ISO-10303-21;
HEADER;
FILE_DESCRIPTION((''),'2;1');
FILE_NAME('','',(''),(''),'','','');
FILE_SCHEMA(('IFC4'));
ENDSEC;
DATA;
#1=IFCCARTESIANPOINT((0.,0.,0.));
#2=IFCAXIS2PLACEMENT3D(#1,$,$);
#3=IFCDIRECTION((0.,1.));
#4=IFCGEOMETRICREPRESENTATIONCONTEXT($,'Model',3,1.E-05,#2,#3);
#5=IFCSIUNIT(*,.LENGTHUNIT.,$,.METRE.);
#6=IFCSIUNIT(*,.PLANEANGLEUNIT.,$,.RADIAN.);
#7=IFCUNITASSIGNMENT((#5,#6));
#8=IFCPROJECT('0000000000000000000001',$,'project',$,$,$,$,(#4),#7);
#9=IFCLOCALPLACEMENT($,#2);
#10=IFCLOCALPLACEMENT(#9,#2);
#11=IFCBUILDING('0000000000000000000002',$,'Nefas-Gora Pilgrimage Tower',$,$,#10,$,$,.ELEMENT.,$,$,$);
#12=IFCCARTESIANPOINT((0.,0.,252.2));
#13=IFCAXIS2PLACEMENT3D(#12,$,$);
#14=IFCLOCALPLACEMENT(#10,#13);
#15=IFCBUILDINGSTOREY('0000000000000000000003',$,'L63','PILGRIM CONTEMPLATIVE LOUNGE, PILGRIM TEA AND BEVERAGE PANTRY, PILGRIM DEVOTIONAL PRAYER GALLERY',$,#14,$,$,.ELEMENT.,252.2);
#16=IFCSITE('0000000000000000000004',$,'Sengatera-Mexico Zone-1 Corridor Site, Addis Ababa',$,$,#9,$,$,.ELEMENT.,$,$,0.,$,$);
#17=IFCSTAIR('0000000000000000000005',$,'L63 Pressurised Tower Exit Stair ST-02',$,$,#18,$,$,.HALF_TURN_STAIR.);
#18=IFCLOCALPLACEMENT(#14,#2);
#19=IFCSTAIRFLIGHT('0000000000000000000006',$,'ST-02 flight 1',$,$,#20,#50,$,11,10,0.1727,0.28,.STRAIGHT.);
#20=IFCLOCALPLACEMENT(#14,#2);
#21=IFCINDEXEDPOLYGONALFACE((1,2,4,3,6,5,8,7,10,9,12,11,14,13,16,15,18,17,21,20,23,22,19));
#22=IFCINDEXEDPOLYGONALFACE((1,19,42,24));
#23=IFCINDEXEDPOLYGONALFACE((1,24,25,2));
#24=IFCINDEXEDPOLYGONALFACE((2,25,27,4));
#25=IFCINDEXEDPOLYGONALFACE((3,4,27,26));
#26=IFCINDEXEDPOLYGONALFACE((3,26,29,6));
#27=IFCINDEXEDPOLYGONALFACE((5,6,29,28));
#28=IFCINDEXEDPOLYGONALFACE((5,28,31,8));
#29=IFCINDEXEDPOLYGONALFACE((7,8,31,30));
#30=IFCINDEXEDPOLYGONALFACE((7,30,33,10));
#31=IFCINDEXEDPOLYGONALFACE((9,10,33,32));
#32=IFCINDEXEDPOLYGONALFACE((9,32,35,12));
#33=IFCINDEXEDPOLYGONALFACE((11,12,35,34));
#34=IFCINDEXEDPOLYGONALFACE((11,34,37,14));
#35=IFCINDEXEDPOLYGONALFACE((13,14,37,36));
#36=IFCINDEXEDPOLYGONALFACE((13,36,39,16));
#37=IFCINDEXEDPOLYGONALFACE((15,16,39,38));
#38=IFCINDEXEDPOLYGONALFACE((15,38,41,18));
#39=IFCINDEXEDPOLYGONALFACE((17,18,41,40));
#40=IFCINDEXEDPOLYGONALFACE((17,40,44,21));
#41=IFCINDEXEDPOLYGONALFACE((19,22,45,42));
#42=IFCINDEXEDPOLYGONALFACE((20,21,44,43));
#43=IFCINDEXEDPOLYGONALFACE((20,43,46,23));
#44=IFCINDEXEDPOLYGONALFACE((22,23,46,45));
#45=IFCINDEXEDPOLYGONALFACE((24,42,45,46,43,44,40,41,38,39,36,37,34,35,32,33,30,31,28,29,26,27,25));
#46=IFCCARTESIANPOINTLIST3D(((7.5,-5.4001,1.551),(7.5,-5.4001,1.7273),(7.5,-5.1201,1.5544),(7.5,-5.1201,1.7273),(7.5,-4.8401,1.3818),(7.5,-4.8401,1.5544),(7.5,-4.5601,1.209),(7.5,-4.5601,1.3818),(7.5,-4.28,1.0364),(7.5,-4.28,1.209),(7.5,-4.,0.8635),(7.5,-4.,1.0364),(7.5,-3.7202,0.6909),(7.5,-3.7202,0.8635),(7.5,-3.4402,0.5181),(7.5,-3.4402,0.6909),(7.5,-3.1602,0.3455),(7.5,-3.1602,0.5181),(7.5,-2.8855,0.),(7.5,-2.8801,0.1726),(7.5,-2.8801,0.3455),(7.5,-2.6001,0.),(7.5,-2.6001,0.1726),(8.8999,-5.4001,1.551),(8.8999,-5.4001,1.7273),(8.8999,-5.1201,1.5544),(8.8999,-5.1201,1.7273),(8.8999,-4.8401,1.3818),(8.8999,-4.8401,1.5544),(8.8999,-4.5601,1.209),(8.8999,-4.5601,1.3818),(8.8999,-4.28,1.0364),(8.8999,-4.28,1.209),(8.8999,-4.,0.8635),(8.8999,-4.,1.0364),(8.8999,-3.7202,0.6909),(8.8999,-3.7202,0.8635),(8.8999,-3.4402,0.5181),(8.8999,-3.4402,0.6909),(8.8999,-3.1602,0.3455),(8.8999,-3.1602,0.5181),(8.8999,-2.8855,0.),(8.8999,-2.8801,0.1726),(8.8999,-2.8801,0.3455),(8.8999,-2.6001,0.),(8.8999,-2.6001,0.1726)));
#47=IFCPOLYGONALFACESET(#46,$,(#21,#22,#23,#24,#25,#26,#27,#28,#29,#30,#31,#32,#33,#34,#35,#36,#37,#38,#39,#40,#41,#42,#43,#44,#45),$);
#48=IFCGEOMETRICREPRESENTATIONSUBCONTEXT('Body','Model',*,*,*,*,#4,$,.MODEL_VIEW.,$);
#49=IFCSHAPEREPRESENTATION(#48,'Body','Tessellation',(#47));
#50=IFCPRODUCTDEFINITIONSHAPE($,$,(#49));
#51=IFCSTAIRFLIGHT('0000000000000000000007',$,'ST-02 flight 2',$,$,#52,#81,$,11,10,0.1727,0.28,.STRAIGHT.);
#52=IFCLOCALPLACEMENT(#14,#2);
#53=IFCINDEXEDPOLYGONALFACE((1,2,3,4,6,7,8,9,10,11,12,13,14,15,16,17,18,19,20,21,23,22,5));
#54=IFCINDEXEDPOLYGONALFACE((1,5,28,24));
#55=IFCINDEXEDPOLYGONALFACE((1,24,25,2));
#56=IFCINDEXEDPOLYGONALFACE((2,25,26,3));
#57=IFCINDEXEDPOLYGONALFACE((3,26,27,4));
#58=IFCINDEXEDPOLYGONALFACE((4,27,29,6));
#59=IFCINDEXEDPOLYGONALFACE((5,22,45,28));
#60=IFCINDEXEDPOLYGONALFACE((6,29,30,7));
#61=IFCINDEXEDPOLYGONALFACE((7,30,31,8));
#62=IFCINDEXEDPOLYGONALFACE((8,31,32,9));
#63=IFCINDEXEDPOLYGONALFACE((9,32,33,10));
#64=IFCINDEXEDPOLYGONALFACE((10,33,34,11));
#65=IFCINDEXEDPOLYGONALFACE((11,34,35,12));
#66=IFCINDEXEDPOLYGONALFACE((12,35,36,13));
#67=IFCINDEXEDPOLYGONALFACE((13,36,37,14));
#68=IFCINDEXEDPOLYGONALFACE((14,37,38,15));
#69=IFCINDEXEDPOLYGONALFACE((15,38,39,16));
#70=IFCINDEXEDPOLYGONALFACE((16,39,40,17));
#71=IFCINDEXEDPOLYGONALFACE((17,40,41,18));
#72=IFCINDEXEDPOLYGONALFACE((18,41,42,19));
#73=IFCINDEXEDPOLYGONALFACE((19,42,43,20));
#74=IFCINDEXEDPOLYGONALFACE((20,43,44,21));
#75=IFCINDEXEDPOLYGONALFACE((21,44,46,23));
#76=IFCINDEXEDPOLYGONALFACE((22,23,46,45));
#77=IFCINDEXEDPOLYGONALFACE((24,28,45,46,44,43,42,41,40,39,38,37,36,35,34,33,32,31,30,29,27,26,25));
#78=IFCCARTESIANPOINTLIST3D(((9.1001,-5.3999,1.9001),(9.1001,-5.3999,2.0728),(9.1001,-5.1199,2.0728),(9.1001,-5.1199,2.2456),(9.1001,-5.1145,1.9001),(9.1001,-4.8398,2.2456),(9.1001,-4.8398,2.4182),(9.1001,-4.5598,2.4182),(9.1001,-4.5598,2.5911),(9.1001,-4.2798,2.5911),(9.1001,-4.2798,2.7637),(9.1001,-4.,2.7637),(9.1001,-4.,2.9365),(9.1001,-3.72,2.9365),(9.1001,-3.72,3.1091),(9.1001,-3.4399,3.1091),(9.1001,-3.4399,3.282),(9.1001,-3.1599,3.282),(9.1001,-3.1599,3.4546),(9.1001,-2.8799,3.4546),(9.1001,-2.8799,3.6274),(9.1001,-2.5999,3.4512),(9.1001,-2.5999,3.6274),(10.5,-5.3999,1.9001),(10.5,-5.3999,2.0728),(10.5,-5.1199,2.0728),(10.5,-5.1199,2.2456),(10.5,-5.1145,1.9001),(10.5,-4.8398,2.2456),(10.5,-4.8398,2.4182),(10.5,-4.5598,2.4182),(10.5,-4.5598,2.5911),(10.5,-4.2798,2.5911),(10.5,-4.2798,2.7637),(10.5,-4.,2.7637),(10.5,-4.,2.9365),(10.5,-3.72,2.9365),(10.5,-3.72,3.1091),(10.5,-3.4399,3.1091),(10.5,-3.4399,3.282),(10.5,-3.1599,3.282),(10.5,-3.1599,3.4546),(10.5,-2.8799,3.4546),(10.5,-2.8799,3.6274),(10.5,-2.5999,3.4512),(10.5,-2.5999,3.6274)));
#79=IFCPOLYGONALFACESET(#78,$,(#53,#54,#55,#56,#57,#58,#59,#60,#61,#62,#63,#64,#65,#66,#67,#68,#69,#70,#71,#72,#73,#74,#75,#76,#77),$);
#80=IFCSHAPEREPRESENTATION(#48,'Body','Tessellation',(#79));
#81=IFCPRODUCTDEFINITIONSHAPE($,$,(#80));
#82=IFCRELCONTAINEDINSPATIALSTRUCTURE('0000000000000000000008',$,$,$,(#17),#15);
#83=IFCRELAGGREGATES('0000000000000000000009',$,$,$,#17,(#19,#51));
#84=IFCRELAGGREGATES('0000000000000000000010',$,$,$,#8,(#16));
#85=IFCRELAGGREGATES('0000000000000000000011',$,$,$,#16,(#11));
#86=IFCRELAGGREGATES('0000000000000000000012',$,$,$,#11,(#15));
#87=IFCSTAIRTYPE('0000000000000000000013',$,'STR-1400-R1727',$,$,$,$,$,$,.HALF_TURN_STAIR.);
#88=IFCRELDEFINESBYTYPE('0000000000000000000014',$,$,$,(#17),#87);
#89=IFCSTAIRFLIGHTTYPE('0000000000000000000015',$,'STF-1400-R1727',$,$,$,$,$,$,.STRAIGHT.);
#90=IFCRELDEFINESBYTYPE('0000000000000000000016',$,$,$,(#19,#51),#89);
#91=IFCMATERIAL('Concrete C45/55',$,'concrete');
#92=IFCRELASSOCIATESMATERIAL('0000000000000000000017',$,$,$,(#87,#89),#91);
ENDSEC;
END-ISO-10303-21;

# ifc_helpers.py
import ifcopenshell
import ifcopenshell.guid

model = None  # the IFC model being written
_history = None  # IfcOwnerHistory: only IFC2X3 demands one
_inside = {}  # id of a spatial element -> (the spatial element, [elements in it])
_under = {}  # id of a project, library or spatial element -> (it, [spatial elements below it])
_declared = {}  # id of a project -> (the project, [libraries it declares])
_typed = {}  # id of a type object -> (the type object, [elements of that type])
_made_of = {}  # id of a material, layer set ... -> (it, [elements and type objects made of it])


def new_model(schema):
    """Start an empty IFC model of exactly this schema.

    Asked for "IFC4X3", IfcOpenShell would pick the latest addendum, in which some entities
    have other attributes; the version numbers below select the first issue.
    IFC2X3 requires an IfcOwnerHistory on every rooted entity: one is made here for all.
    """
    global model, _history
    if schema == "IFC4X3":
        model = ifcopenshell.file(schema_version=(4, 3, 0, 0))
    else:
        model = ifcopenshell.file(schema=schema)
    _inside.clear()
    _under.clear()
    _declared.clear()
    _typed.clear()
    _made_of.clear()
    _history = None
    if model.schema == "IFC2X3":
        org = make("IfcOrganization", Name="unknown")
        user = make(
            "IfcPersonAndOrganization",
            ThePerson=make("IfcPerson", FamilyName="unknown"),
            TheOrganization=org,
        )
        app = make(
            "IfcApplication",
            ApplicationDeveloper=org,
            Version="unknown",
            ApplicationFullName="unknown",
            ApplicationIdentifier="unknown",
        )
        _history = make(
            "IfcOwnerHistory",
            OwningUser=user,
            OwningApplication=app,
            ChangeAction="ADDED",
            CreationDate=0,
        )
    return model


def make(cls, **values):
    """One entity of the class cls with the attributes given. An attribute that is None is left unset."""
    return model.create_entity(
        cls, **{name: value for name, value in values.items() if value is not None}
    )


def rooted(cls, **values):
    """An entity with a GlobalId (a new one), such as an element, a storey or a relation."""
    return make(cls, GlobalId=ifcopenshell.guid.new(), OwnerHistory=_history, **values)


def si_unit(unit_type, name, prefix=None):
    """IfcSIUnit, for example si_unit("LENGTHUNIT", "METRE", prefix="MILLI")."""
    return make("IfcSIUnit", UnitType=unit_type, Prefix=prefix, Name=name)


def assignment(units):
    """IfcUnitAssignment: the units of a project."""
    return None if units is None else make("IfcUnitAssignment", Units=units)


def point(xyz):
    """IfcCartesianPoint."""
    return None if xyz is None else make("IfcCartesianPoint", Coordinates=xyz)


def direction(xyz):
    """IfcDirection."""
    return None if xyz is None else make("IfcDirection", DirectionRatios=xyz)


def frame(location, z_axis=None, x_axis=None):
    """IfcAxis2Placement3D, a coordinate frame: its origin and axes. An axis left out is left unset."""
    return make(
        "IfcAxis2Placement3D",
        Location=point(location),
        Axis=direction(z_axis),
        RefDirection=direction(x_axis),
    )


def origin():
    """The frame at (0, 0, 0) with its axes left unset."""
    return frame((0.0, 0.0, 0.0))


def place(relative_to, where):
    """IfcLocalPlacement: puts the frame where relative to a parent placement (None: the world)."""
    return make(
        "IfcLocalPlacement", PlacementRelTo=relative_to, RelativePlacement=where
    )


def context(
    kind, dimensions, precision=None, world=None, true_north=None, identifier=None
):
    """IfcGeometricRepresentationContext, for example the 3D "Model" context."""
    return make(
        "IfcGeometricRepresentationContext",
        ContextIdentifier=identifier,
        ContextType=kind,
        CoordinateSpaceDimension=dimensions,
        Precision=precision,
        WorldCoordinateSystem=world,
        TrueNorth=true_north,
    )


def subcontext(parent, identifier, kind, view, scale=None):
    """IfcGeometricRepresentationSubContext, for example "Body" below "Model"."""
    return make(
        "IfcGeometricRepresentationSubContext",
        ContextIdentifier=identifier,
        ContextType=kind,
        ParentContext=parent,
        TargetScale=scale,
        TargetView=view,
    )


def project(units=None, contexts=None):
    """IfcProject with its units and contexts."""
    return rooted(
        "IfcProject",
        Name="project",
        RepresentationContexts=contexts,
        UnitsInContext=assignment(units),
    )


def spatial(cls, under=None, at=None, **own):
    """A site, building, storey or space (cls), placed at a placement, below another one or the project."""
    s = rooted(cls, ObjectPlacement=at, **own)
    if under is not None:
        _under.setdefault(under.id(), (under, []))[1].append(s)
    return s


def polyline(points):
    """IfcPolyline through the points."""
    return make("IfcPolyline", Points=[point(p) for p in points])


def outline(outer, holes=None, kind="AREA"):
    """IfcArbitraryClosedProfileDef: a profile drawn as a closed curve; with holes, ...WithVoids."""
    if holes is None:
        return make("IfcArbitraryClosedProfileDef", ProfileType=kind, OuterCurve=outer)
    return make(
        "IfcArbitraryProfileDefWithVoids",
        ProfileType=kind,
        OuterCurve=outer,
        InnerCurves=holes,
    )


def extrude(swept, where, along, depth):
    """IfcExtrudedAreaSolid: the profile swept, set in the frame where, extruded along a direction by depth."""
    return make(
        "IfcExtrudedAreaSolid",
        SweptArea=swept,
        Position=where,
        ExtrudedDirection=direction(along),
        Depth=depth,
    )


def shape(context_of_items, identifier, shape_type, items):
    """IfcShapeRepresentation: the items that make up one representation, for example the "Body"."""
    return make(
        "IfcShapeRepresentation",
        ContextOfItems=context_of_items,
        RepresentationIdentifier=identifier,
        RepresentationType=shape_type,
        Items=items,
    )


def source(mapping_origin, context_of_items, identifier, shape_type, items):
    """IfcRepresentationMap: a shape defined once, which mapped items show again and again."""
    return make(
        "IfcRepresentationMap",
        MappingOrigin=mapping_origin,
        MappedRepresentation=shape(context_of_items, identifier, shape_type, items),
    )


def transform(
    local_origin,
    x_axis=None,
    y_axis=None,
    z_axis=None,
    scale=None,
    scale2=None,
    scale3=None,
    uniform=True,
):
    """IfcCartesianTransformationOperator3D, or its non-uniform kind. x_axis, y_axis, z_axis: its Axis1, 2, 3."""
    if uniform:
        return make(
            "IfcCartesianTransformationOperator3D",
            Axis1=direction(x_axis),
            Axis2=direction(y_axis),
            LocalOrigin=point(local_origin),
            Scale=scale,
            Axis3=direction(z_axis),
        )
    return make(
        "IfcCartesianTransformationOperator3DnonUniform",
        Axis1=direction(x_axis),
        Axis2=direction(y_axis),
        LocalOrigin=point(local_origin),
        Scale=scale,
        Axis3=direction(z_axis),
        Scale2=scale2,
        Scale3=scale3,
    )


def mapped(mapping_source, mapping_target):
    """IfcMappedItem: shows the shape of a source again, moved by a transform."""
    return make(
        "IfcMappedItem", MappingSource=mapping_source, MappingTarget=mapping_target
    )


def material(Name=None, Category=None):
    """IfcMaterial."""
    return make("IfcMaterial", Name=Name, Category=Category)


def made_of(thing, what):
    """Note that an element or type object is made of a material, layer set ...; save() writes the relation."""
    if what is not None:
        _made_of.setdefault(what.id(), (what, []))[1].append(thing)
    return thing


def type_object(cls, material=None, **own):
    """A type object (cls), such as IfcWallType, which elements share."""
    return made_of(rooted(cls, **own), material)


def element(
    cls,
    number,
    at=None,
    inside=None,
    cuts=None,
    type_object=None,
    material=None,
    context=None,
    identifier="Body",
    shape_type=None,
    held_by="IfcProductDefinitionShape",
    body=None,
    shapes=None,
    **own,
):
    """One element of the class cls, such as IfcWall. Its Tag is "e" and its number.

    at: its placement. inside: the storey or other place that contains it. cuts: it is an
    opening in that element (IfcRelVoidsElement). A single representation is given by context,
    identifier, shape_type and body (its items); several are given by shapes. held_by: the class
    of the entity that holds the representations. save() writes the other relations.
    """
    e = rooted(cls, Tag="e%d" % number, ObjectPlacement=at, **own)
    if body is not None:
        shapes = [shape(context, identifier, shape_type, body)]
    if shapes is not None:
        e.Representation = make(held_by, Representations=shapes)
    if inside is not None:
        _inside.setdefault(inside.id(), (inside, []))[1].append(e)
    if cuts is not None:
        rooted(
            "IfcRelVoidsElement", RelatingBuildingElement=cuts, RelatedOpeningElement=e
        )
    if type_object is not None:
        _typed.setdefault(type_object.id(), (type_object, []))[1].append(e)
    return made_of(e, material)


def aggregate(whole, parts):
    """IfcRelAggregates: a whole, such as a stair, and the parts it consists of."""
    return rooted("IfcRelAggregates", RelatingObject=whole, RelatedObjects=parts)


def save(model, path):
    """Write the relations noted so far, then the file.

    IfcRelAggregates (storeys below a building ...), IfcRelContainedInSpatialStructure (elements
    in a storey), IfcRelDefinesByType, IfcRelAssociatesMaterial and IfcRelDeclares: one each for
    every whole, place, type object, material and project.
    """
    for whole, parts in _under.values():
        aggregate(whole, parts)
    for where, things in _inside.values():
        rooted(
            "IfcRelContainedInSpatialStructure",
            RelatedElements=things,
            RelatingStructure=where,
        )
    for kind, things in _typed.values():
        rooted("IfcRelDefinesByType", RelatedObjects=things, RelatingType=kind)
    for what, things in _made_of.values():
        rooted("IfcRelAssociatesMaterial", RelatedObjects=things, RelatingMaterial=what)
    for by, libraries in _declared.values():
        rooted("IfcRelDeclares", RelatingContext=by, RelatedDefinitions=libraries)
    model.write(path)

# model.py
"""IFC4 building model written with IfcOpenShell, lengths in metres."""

from ifc_helpers import new_model, si_unit, direction, frame, origin, place, context, subcontext, project, spatial, polyline, outline, extrude, source, transform, mapped, material, type_object, element, aggregate, save


model = new_model("IFC4")

# Units and contexts
model_context = context("Model", 3, precision=1e-05, world=origin(), true_north=direction((0.0, 1.0)))
body_context = subcontext(model_context, "Body", "Model", "MODEL_VIEW")
ifc_project = project(units=[si_unit("LENGTHUNIT", "METRE"), si_unit("PLANEANGLEUNIT", "RADIAN")], contexts=[model_context])

# Site, building, storey
site_placement = place(None, origin())
site = spatial("IfcSite", under=ifc_project, at=site_placement, Name="Sengatera-Mexico Zone-1 Corridor Site, Addis Ababa", CompositionType="ELEMENT", RefElevation=0.0)
building_placement = place(site_placement, origin())
building = spatial("IfcBuilding", under=site, at=building_placement, Name="Nefas-Gora Pilgrimage Tower", CompositionType="ELEMENT")
storey_placement = place(building_placement, frame((0.0, 0.0, 252.2)))
storey = spatial("IfcBuildingStorey", under=building, at=storey_placement, Name="L63", Description="PILGRIM CONTEMPLATIVE LOUNGE, PILGRIM TEA AND BEVERAGE PANTRY, PILGRIM DEVOTIONAL PRAYER GALLERY", CompositionType="ELEMENT", Elevation=252.2)

# Shared definitions
ifc_material_1 = material(Name="Concrete C45/55", Category="concrete")
stair_type = type_object("IfcStairType", Name="STR-1400-R1727", PredefinedType="HALF_TURN_STAIR", material=ifc_material_1)

# Stair, stair flights
stair_1_placement = place(storey_placement, origin())
stair_1 = element("IfcStair", 1, at=stair_1_placement, inside=storey, type_object=stair_type, Name="L63 Pressurised Tower Exit Stair ST-02", PredefinedType="HALF_TURN_STAIR")
stair_flight_type = type_object("IfcStairFlightType", Name="STF-1400-R1727", PredefinedType="STRAIGHT", material=ifc_material_1)
shared_shape_1 = source(origin(), body_context, "Body", "SweptSolid", [
    extrude(outline(polyline([(0.0, 0.0), (0.0, 0.1726), (0.28, 0.1726), (0.28, 0.3455), (0.5601, 0.3455), (0.5601, 0.5181), (0.8401, 0.5181), (0.8401, 0.6909), (1.1201, 0.6909), (1.1201, 0.8635), (1.3999, 0.8635), (1.3999, 1.0364), (1.6799, 1.0364), (1.6799, 1.209), (1.96, 1.209), (1.96, 1.3818), (2.24, 1.3818), (2.24, 1.5544), (2.52, 1.5544), (2.52, 1.7273), (2.8, 1.7273), (2.8, 1.8999), (2.8, 1.551), (0.2854, 0.0), (0.0, 0.0)])), frame((0.0, 0.7, 0.0), z_axis=(0.0, -1.0, 0.0), x_axis=(1.0, 0.0, 0.0)), (0.0, 0.0, 1.0), 1.3999),
])
stair_flight_1_placement = place(storey_placement, frame((8.2, -2.6001, 0.0), z_axis=(0.0, 0.0, 1.0), x_axis=(0.0, -1.0, 0.0)))
stair_flight_1 = element("IfcStairFlight", 2, at=stair_flight_1_placement, type_object=stair_flight_type, Name="ST-02 flight 1", NumberOfRisers=11, NumberOfTreads=10, PredefinedType="STRAIGHT", RiserHeight=0.1727, TreadLength=0.28, context=body_context, shape_type="MappedRepresentation", body=[
    mapped(shared_shape_1, transform((0.0, 0.0, 0.0), x_axis=(1.0, 0.0, 0.0), y_axis=(0.0, 1.0, 0.0), z_axis=(0.0, 0.0, 1.0), scale=1.0)),
])
stair_flight_2_placement = place(storey_placement, frame((9.8, -5.3999, 1.9001), z_axis=(0.0, 0.0, 1.0), x_axis=(0.0, 1.0, 0.0)))
stair_flight_2 = element("IfcStairFlight", 3, at=stair_flight_2_placement, type_object=stair_flight_type, Name="ST-02 flight 2", NumberOfRisers=11, NumberOfTreads=10, PredefinedType="STRAIGHT", RiserHeight=0.1727, TreadLength=0.28, context=body_context, shape_type="MappedRepresentation", body=[
    mapped(shared_shape_1, transform((0.0, 0.0, 0.0), x_axis=(1.0, 0.0, 0.0), y_axis=(0.0, 1.0, 0.0), z_axis=(0.0, 0.0, 1.0), scale=1.0)),
])
aggregate(stair_1, [stair_flight_1, stair_flight_2])

save(model, "model.ifc")
